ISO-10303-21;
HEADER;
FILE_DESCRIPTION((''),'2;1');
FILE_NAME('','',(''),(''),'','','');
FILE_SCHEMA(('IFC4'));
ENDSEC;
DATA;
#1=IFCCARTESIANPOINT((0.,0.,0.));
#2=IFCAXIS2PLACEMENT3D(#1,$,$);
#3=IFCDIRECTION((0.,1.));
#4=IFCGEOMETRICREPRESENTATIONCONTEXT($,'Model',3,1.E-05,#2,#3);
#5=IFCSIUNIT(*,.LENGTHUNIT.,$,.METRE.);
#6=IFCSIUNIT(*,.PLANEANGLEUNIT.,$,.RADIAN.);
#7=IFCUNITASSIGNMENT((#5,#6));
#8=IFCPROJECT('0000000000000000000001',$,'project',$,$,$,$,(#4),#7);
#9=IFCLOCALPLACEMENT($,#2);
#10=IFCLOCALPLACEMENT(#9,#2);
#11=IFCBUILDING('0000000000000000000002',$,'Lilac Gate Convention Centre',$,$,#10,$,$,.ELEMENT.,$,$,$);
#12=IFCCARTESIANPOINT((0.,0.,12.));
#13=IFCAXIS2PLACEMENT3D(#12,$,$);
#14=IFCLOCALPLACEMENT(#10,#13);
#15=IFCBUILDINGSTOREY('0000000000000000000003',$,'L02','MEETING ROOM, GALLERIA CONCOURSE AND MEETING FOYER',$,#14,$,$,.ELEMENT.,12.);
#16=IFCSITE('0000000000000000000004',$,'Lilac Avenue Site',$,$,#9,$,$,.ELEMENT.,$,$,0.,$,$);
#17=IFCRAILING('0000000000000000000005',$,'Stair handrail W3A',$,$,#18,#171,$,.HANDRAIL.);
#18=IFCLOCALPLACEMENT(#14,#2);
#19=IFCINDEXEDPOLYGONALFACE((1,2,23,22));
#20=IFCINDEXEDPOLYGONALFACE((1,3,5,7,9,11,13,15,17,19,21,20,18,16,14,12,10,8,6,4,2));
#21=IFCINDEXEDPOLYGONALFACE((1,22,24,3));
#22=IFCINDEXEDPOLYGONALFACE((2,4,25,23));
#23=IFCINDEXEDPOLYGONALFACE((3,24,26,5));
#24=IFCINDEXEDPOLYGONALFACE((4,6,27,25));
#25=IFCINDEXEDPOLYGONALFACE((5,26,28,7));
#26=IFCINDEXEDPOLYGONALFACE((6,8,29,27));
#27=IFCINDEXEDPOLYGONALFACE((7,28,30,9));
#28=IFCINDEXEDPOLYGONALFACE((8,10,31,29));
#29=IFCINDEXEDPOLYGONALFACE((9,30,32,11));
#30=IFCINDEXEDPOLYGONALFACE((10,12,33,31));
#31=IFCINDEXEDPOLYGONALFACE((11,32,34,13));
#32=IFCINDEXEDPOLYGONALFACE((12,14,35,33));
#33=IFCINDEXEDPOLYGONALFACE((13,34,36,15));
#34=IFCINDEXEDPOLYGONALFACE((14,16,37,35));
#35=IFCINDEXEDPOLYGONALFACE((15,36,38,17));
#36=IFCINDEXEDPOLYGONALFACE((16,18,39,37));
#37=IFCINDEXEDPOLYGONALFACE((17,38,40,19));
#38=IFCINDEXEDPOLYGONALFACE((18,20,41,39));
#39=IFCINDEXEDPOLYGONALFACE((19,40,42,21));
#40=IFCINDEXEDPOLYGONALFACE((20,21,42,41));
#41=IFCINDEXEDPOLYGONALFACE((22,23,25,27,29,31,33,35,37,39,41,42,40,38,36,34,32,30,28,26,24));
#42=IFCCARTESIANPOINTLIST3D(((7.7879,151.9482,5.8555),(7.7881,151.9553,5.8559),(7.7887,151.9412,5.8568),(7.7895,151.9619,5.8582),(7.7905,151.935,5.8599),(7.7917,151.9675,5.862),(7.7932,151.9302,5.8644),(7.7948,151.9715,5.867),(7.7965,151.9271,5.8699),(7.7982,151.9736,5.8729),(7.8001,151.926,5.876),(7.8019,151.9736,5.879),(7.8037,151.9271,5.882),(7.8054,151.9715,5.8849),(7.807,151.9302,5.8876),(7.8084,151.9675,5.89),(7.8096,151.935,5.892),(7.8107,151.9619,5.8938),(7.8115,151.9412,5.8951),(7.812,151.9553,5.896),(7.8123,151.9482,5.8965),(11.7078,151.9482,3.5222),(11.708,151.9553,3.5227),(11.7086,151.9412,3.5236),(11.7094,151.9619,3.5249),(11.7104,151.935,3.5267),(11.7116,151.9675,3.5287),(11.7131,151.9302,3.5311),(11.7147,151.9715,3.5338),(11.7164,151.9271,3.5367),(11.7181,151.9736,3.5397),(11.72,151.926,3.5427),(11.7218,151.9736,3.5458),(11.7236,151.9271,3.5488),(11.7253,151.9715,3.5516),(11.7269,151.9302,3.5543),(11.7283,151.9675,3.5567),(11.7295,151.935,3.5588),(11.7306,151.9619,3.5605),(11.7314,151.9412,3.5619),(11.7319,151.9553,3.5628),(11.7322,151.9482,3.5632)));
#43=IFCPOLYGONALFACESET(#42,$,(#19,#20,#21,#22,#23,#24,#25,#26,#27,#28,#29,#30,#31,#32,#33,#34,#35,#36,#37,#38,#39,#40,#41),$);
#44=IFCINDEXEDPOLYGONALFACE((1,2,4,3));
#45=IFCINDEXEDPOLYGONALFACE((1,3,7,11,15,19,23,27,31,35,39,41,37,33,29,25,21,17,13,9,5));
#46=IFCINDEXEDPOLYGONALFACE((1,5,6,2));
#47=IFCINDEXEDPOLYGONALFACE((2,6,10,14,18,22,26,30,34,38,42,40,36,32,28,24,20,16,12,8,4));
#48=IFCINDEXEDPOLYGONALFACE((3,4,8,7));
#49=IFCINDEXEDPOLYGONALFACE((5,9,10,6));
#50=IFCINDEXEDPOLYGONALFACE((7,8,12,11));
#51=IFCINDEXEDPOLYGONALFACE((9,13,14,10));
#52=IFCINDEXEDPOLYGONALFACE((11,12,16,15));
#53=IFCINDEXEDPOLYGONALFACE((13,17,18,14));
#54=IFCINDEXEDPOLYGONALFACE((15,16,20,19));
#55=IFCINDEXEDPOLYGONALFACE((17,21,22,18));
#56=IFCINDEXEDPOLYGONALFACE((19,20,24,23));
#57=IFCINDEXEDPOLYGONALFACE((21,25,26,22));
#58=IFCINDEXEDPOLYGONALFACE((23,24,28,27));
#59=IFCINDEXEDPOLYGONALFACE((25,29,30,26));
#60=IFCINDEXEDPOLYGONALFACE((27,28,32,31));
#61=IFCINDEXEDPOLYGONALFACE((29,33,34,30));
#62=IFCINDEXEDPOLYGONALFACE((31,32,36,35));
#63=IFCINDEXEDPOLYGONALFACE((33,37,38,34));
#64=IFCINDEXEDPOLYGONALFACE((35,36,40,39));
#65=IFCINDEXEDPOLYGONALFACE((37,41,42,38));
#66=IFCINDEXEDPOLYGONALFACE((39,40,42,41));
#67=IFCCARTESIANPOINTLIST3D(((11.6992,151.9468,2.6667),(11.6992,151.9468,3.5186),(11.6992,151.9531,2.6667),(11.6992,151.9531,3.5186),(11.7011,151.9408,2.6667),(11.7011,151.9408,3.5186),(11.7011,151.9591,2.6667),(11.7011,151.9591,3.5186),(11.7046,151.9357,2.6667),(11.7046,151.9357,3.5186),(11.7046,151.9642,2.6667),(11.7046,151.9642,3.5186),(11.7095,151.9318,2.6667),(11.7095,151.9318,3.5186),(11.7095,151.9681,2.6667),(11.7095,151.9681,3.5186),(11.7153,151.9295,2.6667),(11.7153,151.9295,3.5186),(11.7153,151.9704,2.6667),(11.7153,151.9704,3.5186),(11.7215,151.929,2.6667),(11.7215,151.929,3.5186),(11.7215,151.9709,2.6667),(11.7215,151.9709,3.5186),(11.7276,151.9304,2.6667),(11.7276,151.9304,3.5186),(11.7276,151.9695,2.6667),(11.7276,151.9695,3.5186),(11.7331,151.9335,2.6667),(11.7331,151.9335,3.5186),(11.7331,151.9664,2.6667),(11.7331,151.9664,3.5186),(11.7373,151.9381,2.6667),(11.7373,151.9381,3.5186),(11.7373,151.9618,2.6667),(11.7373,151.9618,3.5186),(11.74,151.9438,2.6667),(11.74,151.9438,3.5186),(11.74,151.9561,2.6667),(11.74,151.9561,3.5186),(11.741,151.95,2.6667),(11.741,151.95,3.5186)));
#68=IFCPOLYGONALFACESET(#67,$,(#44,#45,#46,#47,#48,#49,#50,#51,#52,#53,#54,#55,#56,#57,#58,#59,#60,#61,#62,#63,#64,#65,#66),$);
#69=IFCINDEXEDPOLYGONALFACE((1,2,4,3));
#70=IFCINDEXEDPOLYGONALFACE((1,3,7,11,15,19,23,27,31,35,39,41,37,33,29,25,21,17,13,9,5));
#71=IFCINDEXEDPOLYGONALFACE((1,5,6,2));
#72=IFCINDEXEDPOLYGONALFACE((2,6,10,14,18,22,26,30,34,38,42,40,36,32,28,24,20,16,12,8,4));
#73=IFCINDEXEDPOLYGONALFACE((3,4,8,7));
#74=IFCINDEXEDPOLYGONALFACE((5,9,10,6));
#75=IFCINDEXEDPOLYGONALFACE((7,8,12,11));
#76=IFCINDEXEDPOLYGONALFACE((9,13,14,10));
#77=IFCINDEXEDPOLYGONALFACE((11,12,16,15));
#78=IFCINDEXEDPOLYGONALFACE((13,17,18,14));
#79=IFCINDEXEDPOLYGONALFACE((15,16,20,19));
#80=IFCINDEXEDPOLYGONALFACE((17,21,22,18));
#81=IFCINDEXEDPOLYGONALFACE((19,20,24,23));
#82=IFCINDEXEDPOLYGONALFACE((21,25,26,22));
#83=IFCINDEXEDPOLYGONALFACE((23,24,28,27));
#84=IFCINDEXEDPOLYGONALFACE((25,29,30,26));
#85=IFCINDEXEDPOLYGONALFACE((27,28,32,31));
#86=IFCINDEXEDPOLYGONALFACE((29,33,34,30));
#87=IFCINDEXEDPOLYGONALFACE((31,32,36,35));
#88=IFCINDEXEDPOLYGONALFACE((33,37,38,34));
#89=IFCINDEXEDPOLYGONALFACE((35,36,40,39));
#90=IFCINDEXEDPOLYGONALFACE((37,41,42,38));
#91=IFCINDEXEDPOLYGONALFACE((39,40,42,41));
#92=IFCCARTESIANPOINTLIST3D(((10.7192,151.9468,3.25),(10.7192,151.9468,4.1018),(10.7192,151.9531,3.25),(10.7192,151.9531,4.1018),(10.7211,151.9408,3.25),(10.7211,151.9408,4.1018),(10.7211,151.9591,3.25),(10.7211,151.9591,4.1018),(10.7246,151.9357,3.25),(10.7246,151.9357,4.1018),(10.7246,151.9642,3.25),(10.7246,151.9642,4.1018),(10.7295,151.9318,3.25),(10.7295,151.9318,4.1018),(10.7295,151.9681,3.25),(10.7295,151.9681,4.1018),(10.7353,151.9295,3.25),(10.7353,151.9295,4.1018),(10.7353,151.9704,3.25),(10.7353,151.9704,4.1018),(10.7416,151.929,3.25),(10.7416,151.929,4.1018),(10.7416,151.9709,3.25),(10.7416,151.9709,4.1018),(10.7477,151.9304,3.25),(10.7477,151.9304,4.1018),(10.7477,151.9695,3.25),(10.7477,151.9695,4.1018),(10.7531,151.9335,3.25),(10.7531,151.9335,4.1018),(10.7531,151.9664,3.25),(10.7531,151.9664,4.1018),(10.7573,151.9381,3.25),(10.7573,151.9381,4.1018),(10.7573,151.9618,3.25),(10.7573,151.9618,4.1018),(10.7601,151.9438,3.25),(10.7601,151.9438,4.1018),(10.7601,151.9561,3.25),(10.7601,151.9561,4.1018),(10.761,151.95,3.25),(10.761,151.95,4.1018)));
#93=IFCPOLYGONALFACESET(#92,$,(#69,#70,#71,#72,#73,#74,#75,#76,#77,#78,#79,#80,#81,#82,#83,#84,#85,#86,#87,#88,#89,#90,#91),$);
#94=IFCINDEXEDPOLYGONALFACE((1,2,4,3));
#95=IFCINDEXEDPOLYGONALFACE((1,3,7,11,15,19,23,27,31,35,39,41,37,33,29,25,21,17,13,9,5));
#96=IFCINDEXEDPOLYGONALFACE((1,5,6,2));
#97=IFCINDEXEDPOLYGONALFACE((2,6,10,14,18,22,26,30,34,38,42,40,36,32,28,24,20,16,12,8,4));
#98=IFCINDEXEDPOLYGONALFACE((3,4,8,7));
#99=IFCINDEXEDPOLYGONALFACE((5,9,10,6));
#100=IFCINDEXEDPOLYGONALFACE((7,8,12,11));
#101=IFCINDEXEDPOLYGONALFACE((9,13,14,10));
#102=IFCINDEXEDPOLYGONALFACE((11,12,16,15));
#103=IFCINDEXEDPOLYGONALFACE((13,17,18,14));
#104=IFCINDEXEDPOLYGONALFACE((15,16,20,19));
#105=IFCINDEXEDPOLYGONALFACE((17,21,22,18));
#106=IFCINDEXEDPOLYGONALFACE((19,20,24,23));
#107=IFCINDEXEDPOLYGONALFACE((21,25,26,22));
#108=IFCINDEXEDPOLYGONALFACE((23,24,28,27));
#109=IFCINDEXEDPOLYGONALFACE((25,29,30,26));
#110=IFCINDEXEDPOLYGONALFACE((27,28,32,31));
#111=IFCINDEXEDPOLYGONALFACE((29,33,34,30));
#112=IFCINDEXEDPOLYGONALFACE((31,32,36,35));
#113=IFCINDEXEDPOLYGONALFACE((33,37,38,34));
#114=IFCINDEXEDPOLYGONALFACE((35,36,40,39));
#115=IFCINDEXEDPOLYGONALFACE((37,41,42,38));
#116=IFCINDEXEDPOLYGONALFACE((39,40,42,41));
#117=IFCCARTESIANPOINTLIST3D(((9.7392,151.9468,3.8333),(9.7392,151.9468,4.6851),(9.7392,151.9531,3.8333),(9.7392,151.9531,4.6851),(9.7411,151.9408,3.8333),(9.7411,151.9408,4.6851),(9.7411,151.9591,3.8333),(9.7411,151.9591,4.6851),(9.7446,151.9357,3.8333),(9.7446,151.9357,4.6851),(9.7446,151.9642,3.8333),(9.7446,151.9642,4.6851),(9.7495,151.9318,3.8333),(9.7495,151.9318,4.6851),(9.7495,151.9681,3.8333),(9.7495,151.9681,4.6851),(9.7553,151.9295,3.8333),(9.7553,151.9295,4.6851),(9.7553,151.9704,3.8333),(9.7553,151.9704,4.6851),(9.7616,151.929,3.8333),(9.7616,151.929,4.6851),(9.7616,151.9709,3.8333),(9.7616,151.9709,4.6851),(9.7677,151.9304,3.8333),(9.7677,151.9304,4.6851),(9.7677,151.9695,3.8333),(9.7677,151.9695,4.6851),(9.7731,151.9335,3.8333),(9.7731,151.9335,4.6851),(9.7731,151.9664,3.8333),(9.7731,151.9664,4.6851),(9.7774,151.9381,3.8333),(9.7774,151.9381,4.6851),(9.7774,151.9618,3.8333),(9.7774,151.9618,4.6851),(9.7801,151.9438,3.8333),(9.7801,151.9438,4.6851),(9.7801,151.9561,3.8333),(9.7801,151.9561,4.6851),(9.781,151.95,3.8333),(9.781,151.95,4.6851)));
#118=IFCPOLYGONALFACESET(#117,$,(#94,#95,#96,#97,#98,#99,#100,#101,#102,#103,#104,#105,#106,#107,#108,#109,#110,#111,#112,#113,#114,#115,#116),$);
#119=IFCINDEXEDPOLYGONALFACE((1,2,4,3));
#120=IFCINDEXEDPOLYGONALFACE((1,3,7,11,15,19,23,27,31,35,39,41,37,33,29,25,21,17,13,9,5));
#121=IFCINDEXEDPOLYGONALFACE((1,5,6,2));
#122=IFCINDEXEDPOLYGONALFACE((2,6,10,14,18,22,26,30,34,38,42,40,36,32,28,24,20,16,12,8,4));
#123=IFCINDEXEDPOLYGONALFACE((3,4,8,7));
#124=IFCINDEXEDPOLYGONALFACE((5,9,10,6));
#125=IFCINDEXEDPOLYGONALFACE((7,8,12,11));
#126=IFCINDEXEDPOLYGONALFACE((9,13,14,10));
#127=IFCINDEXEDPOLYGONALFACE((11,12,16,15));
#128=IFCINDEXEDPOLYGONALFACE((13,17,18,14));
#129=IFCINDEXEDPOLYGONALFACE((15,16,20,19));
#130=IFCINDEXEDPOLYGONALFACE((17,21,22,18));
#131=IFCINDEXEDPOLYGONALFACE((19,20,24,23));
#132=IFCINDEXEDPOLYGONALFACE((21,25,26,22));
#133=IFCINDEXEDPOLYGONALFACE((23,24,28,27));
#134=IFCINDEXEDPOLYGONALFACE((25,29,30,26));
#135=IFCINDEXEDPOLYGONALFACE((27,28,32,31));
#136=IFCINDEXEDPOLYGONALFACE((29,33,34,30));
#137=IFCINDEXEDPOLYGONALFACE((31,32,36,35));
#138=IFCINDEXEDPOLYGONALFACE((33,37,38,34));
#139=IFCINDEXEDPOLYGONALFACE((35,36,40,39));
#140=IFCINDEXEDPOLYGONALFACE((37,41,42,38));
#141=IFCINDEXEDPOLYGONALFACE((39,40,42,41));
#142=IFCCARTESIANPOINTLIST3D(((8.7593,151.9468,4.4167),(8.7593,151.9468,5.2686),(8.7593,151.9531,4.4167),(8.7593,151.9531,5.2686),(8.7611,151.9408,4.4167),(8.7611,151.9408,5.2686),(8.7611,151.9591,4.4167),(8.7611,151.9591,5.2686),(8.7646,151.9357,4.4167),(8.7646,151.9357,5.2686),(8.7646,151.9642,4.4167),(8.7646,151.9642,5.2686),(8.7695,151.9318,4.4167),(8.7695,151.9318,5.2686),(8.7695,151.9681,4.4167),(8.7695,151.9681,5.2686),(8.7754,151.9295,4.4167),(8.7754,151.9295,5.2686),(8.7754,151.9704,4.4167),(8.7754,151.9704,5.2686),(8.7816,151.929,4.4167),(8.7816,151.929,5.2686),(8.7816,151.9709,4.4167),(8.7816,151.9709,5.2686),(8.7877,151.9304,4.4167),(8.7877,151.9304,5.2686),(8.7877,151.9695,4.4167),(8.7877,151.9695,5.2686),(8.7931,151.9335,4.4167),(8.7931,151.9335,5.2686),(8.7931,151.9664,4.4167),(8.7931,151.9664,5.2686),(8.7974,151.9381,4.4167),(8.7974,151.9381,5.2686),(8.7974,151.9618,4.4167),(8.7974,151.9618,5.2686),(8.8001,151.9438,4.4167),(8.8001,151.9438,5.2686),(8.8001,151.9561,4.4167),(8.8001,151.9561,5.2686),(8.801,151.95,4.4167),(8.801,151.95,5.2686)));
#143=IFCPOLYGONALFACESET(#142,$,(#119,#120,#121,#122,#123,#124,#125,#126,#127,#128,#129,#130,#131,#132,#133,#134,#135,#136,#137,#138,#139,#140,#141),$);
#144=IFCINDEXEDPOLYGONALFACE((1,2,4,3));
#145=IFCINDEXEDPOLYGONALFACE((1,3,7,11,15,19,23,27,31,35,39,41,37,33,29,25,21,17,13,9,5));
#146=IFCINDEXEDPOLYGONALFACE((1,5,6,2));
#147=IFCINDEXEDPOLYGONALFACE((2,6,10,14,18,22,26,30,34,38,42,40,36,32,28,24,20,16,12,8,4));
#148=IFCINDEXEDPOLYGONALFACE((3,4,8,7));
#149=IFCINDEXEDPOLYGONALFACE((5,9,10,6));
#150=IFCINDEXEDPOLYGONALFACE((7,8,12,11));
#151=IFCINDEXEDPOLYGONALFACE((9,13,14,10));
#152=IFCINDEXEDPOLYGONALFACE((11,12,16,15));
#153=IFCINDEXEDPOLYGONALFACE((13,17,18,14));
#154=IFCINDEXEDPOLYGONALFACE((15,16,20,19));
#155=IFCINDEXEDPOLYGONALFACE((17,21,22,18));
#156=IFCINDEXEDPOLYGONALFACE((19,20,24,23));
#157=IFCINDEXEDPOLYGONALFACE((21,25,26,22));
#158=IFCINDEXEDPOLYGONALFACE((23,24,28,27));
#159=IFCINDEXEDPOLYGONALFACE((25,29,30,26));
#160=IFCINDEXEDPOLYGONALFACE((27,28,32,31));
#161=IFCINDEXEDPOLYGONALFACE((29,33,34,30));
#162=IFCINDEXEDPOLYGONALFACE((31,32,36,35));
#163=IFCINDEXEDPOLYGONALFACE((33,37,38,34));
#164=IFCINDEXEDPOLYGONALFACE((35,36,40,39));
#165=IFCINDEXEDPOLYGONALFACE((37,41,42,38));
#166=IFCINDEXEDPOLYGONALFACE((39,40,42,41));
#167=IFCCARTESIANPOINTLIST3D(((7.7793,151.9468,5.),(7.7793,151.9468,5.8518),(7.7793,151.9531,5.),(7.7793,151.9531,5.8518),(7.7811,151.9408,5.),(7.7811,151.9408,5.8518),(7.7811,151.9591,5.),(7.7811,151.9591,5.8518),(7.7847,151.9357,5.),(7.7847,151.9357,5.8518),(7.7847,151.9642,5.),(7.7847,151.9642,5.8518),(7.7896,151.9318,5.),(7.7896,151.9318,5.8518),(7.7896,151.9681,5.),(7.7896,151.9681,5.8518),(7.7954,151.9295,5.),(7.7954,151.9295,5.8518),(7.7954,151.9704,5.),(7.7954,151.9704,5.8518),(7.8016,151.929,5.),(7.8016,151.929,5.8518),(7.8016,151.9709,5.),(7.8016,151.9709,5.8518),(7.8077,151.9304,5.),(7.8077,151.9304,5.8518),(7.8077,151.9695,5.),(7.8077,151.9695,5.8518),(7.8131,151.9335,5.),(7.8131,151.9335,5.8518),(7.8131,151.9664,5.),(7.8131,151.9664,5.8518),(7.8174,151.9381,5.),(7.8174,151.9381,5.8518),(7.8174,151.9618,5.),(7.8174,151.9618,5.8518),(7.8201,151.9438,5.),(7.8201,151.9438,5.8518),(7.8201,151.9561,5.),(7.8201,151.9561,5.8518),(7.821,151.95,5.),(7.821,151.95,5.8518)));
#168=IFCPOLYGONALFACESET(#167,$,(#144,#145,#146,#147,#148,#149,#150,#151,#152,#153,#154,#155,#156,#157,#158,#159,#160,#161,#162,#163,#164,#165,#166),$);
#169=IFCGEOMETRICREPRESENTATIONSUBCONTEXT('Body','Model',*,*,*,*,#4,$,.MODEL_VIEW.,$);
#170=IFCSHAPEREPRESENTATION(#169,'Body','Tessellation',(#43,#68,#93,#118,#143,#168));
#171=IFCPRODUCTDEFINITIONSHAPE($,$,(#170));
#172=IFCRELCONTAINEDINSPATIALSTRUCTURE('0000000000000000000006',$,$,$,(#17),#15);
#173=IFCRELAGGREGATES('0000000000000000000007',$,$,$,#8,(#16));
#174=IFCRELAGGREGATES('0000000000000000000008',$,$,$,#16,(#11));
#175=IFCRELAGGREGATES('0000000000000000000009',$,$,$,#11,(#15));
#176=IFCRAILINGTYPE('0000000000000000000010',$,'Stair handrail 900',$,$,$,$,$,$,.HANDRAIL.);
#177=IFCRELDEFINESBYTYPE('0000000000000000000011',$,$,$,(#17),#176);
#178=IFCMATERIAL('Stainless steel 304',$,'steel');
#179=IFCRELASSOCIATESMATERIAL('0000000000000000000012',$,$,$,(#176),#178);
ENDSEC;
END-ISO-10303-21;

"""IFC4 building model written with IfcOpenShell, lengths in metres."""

from ifc_helpers import new_model, si_unit, direction, frame, origin, origin_2d, place, context, subcontext, project, spatial, circle, extrude, material, type_object, element, save


model = new_model("IFC4")

# Units and contexts
model_context = context("Model", 3, precision=1e-05, world=origin(), true_north=direction((0.0, 1.0)))
body_context = subcontext(model_context, "Body", "Model", "MODEL_VIEW")
ifc_project = project(units=[si_unit("LENGTHUNIT", "METRE"), si_unit("PLANEANGLEUNIT", "RADIAN")], contexts=[model_context])

# Site, building, storey
site_placement = place(None, origin())
site = spatial("IfcSite", under=ifc_project, at=site_placement, Name="Lilac Avenue Site", CompositionType="ELEMENT", RefElevation=0.0)
building_placement = place(site_placement, origin())
building = spatial("IfcBuilding", under=site, at=building_placement, Name="Lilac Gate Convention Centre", CompositionType="ELEMENT")
storey_placement = place(building_placement, frame((0.0, 0.0, 12.0)))
storey = spatial("IfcBuildingStorey", under=building, at=storey_placement, Name="L02", Description="MEETING ROOM, GALLERIA CONCOURSE AND MEETING FOYER", CompositionType="ELEMENT", Elevation=12.0)

# Shared definitions
ifc_material_1 = material(Name="Stainless steel 304", Category="steel")

# Railing
railing_type = type_object("IfcRailingType", Name="Stair handrail 900", PredefinedType="HANDRAIL", material=ifc_material_1)
for number, where, name in (
    (1, (11.72, 151.95, 2.6667), "Stair handrail W3A"),
):
    element("IfcRailing", number, at=place(storey_placement, frame(where)), inside=storey, type_object=railing_type, Name=name, PredefinedType="HANDRAIL", context=body_context, shape_type="SweptSolid", body=[
        extrude(circle(Radius=0.0239, at=origin_2d()), frame((0.0, 0.0, 0.876), z_axis=(-0.859296, 0.0, 0.511478), x_axis=(0.0, -1.0, 0.0)), (0.0, 0.0, 1.0), 4.5618),
        extrude(circle(Radius=0.021, at=origin_2d()), origin(), (0.0, 0.0, 1.0), 0.8518),
        extrude(circle(Radius=0.021, at=origin_2d()), frame((-0.98, 0.0, 0.5833)), (0.0, 0.0, 1.0), 0.8518),
        extrude(circle(Radius=0.021, at=origin_2d()), frame((-1.96, 0.0, 1.1665)), (0.0, 0.0, 1.0), 0.8518),
        extrude(circle(Radius=0.021, at=origin_2d()), frame((-2.9399, 0.0, 1.75)), (0.0, 0.0, 1.0), 0.8518),
        extrude(circle(Radius=0.021, at=origin_2d()), frame((-3.9199, 0.0, 2.3333)), (0.0, 0.0, 1.0), 0.8518),
    ])

save(model, "model.ifc")
